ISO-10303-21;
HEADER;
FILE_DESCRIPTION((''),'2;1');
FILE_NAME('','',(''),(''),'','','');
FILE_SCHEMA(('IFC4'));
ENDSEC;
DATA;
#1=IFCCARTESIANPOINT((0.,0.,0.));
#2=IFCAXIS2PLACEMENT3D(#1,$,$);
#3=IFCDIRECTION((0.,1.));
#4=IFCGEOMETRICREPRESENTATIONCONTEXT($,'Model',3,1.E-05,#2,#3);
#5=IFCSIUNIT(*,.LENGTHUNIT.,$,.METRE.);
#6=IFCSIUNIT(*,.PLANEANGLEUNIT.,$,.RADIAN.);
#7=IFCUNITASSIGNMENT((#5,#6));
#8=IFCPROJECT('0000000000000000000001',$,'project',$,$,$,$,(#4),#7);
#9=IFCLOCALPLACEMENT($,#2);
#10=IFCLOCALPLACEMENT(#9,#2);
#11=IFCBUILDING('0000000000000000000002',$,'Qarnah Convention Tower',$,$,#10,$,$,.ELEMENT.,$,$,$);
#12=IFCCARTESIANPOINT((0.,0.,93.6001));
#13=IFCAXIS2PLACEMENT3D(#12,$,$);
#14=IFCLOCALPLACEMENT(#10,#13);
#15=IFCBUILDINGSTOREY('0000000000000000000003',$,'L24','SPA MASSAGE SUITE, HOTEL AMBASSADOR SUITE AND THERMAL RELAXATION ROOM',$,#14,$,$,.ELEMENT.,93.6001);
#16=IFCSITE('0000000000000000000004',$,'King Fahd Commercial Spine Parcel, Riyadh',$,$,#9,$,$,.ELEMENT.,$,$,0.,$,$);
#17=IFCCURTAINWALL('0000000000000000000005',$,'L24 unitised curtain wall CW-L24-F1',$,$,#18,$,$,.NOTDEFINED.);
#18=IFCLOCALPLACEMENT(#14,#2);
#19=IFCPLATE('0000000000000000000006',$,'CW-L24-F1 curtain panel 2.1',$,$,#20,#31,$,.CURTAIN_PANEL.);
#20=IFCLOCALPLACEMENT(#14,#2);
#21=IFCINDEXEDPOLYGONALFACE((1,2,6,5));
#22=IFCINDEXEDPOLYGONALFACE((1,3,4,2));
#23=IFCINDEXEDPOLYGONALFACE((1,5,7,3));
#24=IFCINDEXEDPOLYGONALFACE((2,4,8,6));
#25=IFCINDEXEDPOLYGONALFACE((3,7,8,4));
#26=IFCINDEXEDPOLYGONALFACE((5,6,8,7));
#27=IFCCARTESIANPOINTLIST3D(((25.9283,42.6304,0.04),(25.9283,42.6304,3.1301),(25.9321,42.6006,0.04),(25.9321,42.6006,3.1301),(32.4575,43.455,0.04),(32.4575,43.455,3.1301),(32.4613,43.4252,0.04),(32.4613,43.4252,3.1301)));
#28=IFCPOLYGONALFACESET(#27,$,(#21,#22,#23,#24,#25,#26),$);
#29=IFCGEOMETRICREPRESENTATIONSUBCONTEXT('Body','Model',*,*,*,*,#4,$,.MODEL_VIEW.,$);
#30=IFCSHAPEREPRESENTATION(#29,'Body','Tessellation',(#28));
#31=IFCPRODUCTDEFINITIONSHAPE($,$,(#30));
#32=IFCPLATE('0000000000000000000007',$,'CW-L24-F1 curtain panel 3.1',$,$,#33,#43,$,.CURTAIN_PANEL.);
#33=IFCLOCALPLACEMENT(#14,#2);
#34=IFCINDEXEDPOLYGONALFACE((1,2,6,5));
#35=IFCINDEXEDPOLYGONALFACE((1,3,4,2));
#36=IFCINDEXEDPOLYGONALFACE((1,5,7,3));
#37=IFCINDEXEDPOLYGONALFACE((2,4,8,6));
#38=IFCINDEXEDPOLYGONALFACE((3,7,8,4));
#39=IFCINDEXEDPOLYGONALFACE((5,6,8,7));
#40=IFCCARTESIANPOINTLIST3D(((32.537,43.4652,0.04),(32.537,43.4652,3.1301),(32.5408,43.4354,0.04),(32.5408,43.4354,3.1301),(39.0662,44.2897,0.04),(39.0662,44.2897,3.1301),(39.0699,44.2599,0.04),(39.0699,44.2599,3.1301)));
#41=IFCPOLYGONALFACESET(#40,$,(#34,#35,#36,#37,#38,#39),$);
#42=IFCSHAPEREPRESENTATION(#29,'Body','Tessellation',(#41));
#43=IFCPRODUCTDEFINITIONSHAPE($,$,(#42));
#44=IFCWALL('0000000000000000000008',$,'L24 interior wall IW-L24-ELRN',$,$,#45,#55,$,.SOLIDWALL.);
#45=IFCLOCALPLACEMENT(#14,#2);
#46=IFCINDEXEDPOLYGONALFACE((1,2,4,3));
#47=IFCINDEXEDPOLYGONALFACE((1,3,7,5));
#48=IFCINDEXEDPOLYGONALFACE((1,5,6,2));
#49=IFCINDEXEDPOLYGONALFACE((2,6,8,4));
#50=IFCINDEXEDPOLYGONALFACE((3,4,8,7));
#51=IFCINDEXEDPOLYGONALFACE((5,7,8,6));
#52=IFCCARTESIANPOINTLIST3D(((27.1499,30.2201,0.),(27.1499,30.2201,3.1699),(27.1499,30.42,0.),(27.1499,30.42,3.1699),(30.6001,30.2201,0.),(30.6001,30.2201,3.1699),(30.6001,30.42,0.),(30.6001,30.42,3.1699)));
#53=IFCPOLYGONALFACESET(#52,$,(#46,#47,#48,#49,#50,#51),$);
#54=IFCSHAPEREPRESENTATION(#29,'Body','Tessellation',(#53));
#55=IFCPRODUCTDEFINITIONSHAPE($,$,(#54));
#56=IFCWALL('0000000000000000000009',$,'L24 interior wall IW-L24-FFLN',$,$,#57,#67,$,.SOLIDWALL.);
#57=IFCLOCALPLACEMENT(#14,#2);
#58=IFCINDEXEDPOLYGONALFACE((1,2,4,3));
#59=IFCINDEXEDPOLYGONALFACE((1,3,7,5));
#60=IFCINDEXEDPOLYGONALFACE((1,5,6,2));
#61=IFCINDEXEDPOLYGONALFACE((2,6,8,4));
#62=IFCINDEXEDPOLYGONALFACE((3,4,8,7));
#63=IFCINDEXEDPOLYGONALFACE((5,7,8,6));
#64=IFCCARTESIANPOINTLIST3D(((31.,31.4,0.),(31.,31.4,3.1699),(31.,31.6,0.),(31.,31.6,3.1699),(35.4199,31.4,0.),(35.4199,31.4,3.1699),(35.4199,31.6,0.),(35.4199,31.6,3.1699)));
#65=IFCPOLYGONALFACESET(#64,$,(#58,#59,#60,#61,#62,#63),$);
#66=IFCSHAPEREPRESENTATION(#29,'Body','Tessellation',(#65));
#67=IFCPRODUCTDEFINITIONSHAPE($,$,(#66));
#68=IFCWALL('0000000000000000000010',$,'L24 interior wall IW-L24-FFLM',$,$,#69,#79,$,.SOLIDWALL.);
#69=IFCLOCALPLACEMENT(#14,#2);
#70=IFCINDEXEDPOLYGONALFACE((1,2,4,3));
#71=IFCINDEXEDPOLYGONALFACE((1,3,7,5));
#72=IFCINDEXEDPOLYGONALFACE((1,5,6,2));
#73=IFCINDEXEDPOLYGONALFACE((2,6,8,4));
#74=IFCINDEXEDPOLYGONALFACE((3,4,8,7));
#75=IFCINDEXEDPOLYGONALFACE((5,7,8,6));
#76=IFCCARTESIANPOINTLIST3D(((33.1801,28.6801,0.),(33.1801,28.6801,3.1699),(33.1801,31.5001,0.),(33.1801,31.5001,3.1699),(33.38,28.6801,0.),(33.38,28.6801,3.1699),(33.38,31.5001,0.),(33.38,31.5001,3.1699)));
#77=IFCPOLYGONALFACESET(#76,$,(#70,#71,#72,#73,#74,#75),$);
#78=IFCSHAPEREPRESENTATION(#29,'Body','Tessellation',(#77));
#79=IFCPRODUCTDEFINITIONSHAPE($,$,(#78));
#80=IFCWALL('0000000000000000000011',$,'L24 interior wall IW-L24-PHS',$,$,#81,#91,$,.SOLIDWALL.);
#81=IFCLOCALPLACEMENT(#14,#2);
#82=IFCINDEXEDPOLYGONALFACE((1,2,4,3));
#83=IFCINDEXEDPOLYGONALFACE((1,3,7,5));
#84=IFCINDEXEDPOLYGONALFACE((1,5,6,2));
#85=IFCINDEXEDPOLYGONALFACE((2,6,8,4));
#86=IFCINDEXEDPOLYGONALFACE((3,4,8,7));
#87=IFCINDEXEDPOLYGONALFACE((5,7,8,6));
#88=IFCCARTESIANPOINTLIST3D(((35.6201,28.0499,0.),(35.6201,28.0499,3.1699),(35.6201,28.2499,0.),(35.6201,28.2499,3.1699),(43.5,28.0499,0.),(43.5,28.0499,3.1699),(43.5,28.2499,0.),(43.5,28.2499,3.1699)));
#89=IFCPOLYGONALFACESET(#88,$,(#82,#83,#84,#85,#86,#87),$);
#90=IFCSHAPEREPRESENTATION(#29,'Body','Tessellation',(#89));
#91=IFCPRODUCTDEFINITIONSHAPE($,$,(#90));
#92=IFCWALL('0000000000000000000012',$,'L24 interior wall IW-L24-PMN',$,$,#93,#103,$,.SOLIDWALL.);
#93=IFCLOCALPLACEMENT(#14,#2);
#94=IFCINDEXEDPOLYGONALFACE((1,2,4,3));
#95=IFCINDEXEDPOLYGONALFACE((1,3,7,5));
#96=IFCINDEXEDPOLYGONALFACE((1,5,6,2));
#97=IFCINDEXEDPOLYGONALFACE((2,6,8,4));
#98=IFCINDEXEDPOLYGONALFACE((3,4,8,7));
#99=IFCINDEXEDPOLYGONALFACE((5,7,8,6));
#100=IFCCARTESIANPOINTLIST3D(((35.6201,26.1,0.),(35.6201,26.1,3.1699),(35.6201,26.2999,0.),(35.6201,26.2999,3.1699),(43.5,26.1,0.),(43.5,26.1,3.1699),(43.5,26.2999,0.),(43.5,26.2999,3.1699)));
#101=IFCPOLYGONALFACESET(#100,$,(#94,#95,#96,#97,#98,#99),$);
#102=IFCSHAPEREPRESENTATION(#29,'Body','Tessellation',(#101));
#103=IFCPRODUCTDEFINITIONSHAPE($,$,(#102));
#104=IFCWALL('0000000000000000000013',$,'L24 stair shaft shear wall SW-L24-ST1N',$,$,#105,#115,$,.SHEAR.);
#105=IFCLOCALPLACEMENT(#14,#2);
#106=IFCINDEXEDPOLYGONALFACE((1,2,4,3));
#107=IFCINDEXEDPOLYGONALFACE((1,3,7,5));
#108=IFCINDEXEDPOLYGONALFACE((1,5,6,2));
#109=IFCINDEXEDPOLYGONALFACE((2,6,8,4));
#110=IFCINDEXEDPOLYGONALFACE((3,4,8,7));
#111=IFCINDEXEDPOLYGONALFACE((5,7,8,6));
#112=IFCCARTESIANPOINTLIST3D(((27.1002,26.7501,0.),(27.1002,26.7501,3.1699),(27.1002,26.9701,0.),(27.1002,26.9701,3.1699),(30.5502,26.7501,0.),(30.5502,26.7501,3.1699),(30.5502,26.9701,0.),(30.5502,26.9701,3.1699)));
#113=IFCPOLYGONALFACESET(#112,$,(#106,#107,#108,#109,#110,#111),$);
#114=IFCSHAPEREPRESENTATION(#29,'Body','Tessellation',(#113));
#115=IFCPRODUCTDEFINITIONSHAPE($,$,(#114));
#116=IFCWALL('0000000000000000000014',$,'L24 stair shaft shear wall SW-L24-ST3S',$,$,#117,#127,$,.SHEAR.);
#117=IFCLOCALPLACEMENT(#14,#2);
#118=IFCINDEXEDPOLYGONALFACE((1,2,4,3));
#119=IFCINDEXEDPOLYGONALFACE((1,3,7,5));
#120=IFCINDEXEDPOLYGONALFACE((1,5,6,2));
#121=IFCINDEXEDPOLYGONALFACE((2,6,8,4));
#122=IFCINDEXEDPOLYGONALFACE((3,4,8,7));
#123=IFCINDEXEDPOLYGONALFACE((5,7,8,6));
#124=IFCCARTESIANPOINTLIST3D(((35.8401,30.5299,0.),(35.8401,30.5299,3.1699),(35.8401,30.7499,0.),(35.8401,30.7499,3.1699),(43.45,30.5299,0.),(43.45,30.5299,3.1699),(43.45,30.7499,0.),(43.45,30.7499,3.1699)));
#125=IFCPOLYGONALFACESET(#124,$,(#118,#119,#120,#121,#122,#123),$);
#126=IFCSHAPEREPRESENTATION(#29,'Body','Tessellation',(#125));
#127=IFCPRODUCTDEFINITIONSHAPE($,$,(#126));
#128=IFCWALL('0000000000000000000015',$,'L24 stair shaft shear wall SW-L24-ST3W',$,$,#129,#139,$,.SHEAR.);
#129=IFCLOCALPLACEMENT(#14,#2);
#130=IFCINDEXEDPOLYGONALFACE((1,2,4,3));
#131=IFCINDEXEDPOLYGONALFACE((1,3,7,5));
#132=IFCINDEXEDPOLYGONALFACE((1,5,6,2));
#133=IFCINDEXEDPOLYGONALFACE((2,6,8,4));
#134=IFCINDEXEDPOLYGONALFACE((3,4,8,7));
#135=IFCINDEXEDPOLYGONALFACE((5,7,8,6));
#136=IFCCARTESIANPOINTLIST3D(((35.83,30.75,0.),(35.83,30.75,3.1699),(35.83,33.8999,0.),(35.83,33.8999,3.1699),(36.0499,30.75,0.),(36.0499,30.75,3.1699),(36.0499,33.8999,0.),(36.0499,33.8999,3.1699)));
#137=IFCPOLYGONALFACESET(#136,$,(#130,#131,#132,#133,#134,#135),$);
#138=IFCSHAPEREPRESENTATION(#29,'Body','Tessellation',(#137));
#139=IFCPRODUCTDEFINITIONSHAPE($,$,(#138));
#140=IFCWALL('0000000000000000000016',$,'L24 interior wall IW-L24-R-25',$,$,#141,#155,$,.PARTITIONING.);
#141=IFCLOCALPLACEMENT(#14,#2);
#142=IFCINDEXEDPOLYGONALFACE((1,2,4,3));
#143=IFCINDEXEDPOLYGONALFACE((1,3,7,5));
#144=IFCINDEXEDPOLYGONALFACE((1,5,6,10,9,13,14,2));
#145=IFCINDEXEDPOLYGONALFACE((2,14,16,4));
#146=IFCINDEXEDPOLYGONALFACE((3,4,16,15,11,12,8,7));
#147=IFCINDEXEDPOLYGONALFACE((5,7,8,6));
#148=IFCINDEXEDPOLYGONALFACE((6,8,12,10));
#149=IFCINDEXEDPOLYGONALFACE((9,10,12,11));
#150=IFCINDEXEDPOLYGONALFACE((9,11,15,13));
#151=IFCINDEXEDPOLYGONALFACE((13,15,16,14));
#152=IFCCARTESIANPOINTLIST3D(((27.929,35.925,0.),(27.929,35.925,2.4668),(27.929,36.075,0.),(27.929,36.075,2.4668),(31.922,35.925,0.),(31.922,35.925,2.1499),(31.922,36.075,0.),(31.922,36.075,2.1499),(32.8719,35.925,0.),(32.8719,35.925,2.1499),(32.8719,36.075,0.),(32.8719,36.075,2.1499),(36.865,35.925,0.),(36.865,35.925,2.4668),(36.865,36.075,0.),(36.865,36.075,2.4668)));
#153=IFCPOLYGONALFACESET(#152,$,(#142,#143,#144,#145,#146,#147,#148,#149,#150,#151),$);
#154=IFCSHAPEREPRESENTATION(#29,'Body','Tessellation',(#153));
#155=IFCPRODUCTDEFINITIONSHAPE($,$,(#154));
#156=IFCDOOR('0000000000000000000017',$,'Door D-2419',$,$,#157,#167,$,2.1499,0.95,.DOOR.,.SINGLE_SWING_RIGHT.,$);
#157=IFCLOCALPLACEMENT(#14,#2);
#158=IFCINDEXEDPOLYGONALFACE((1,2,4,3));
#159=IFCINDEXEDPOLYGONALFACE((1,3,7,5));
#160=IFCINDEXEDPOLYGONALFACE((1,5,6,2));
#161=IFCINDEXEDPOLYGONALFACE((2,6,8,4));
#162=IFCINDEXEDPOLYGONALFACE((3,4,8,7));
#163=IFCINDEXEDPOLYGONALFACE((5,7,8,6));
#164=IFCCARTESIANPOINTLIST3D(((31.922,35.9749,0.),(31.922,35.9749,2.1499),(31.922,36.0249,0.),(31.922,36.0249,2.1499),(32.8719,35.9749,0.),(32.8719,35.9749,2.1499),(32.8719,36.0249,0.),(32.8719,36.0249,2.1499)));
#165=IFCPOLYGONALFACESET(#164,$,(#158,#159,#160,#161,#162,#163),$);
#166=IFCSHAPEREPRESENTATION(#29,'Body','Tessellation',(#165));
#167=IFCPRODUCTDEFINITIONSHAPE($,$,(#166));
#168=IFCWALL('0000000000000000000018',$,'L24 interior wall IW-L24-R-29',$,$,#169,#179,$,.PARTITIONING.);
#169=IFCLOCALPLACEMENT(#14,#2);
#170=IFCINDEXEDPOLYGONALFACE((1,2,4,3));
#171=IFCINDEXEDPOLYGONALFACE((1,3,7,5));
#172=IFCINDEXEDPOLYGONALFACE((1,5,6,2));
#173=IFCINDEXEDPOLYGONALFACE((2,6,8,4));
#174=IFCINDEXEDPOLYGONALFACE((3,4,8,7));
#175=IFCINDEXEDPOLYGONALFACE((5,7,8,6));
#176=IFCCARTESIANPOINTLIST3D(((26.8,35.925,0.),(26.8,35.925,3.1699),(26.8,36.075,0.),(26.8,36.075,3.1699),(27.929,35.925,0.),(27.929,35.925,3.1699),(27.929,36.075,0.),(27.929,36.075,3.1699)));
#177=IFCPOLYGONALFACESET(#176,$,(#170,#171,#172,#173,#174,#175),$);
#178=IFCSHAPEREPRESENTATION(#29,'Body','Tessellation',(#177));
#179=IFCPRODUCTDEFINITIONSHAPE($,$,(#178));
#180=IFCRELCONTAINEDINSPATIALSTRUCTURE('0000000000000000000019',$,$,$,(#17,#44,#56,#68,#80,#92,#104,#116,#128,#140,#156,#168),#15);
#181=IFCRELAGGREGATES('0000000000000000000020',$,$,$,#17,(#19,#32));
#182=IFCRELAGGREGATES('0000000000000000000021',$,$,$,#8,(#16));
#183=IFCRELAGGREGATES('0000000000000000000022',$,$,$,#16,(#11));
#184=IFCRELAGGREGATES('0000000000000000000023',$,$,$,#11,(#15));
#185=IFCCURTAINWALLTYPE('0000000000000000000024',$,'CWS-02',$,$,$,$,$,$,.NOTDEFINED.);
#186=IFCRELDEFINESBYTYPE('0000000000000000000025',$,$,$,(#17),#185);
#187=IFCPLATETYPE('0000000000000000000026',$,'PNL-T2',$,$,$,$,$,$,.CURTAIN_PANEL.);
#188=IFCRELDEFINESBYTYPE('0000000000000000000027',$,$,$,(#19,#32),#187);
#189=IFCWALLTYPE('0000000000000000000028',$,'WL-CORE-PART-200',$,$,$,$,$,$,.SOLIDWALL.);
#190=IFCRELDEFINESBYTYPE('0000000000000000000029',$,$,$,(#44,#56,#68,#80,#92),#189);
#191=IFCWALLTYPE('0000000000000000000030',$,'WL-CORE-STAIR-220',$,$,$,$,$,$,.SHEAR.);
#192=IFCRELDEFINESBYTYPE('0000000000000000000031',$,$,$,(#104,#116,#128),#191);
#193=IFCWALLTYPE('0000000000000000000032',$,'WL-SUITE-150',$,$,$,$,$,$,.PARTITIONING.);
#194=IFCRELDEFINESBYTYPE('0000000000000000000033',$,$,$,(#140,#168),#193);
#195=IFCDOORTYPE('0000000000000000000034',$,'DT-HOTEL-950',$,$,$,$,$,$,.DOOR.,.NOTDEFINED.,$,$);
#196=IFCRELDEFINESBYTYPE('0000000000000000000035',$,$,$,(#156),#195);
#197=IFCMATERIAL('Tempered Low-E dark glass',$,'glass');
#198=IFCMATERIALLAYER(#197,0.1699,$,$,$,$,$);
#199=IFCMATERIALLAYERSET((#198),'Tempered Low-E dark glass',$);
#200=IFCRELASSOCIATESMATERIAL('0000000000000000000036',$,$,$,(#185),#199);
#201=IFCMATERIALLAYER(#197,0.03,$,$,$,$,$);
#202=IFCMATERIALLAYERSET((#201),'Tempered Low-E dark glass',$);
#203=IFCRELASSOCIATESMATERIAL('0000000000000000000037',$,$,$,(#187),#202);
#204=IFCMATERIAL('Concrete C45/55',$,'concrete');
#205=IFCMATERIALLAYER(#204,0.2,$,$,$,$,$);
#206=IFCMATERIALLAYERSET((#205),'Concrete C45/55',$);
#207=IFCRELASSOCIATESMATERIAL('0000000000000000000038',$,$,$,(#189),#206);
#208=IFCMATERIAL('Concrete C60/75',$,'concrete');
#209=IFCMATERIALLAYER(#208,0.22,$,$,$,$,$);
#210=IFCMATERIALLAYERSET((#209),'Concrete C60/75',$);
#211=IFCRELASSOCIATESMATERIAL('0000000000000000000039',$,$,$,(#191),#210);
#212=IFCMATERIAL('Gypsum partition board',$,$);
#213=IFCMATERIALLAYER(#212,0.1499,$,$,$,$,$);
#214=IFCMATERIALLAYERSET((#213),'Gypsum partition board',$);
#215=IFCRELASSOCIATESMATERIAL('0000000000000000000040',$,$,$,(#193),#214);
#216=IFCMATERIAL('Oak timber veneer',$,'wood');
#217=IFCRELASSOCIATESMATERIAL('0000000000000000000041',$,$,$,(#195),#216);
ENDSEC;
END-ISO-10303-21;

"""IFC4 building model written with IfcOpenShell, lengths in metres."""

from ifc_helpers import new_model, si_unit, direction, frame, frame_2d, origin, origin_2d, place, context, subcontext, project, spatial, rectangle, extrude, material, layer, layer_set, type_object, element, fill, aggregate, save


model = new_model("IFC4")

# Units and contexts
model_context = context("Model", 3, precision=1e-05, world=origin(), true_north=direction((0.0, 1.0)))
body_context = subcontext(model_context, "Body", "Model", "MODEL_VIEW")
ifc_project = project(units=[si_unit("LENGTHUNIT", "METRE"), si_unit("PLANEANGLEUNIT", "RADIAN")], contexts=[model_context])

# Site, building, storey
site_placement = place(None, origin())
site = spatial("IfcSite", under=ifc_project, at=site_placement, Name="King Fahd Commercial Spine Parcel, Riyadh", CompositionType="ELEMENT", RefElevation=0.0)
building_placement = place(site_placement, origin())
building = spatial("IfcBuilding", under=site, at=building_placement, Name="Qarnah Convention Tower", CompositionType="ELEMENT")
storey_placement = place(building_placement, frame((0.0, 0.0, 93.6001)))
storey = spatial("IfcBuildingStorey", under=building, at=storey_placement, Name="L24", Description="SPA MASSAGE SUITE, HOTEL AMBASSADOR SUITE AND THERMAL RELAXATION ROOM", CompositionType="ELEMENT", Elevation=93.6001)

# Shared definitions
ifc_material_1 = material(Name="Concrete C60/75", Category="concrete")

# Curtain wall, plates
ifc_material_2 = material(Name="Tempered Low-E dark glass", Category="glass")
ifc_layer_1 = layer(ifc_material_2, 0.1699)
ifc_layer_set_1 = layer_set([ifc_layer_1], Name="Tempered Low-E dark glass")
curtain_wall_type = type_object("IfcCurtainWallType", Name="CWS-02", PredefinedType="NOTDEFINED", material=ifc_layer_set_1)
curtain_wall_placement = place(storey_placement, origin())
curtain_wall = element("IfcCurtainWall", 1, at=curtain_wall_placement, inside=storey, type_object=curtain_wall_type, Name="L24 unitised curtain wall CW-L24-F1", PredefinedType="NOTDEFINED")
ifc_layer_2 = layer(ifc_material_2, 0.03)
ifc_layer_set_2 = layer_set([ifc_layer_2], Name="Tempered Low-E dark glass")
plate_type = type_object("IfcPlateType", Name="PNL-T2", PredefinedType="CURTAIN_PANEL", material=ifc_layer_set_2)
plate_1_placement = place(storey_placement, frame((29.1948, 43.0278, 0.04), z_axis=(0.0, 0.0, 1.0), x_axis=(0.99212, 0.125295, 0.0)))
plate_1 = element("IfcPlate", 2, at=plate_1_placement, type_object=plate_type, Name="CW-L24-F1 curtain panel 2.1", PredefinedType="CURTAIN_PANEL", context=body_context, shape_type="SweptSolid", body=[
    extrude(rectangle(XDim=6.5811, YDim=0.03, at=origin_2d()), origin(), (0.0, 0.0, 1.0), 3.0901),
])
plate_2_placement = place(storey_placement, frame((35.8035, 43.8625, 0.04), z_axis=(0.0, 0.0, 1.0), x_axis=(0.99212, 0.125295, 0.0)))
plate_2 = element("IfcPlate", 3, at=plate_2_placement, type_object=plate_type, Name="CW-L24-F1 curtain panel 3.1", PredefinedType="CURTAIN_PANEL", context=body_context, shape_type="SweptSolid", body=[
    extrude(rectangle(XDim=6.5811, YDim=0.03, at=origin_2d()), origin(), (0.0, 0.0, 1.0), 3.0901),
])
aggregate(curtain_wall, [plate_1, plate_2])

# Wall
ifc_material_3 = material(Name="Concrete C45/55", Category="concrete")
ifc_layer_3 = layer(ifc_material_3, 0.2)
ifc_layer_set_3 = layer_set([ifc_layer_3], Name="Concrete C45/55")
wall_type_1 = type_object("IfcWallType", Name="WL-CORE-PART-200", PredefinedType="SOLIDWALL", material=ifc_layer_set_3)
wall_1_placement = place(storey_placement, frame((27.1499, 30.3201, 0.0), z_axis=(0.0, 0.0, 1.0), x_axis=(1.0, 0.0, 0.0)))
element("IfcWall", 4, at=wall_1_placement, inside=storey, type_object=wall_type_1, Name="L24 interior wall IW-L24-ELRN", PredefinedType="SOLIDWALL", context=body_context, shape_type="SweptSolid", body=[
    extrude(rectangle(XDim=3.4502, YDim=0.2, at=frame_2d((1.7251, 0.0))), origin(), (0.0, 0.0, 1.0), 3.1699),
])

# Walls
wall_2_placement = place(storey_placement, frame((31.0, 31.5, 0.0), z_axis=(0.0, 0.0, 1.0), x_axis=(1.0, 0.0, 0.0)))
element("IfcWall", 5, at=wall_2_placement, inside=storey, type_object=wall_type_1, Name="L24 interior wall IW-L24-FFLN", PredefinedType="SOLIDWALL", context=body_context, shape_type="SweptSolid", body=[
    extrude(rectangle(XDim=4.4199, YDim=0.2, at=frame_2d((2.21, 0.0))), origin(), (0.0, 0.0, 1.0), 3.1699),
])
wall_3_placement = place(storey_placement, frame((33.28, 28.6799, 0.0), z_axis=(0.0, 0.0, 1.0), x_axis=(0.0, 1.0, 0.0)))
element("IfcWall", 6, at=wall_3_placement, inside=storey, type_object=wall_type_1, Name="L24 interior wall IW-L24-FFLM", PredefinedType="SOLIDWALL", context=body_context, shape_type="SweptSolid", body=[
    extrude(rectangle(XDim=2.8201, YDim=0.2, at=frame_2d((1.4102, 0.0))), origin(), (0.0, 0.0, 1.0), 3.1699),
])
for number, where, z_axis, x_axis, name in (
    (7, (35.6201, 28.1499, 0.0), (0.0, 0.0, 1.0), (1.0, 0.0, 0.0), "L24 interior wall IW-L24-PHS"),
    (8, (35.6201, 26.2, 0.0), (0.0, 0.0, 1.0), (1.0, 0.0, 0.0), "L24 interior wall IW-L24-PMN"),
):
    element("IfcWall", number, at=place(storey_placement, frame(where, z_axis=z_axis, x_axis=x_axis)), inside=storey, type_object=wall_type_1, Name=name, PredefinedType="SOLIDWALL", context=body_context, shape_type="SweptSolid", body=[
        extrude(rectangle(XDim=7.8799, YDim=0.2, at=frame_2d((3.9399, 0.0))), origin(), (0.0, 0.0, 1.0), 3.1699),
    ])
ifc_layer_4 = layer(ifc_material_1, 0.22)
ifc_layer_set_4 = layer_set([ifc_layer_4], Name="Concrete C60/75")
wall_type_2 = type_object("IfcWallType", Name="WL-CORE-STAIR-220", PredefinedType="SHEAR", material=ifc_layer_set_4)
wall_4_placement = place(storey_placement, frame((27.1001, 26.8601, 0.0), z_axis=(0.0, 0.0, 1.0), x_axis=(1.0, 0.0, 0.0)))
element("IfcWall", 9, at=wall_4_placement, inside=storey, type_object=wall_type_2, Name="L24 stair shaft shear wall SW-L24-ST1N", PredefinedType="SHEAR", context=body_context, shape_type="SweptSolid", body=[
    extrude(rectangle(XDim=3.45, YDim=0.22, at=frame_2d((1.7251, 0.0))), origin(), (0.0, 0.0, 1.0), 3.1699),
])
wall_5_placement = place(storey_placement, frame((35.8401, 30.6399, 0.0), z_axis=(0.0, 0.0, 1.0), x_axis=(1.0, 0.0, 0.0)))
element("IfcWall", 10, at=wall_5_placement, inside=storey, type_object=wall_type_2, Name="L24 stair shaft shear wall SW-L24-ST3S", PredefinedType="SHEAR", context=body_context, shape_type="SweptSolid", body=[
    extrude(rectangle(XDim=7.6099, YDim=0.22, at=frame_2d((3.8049, 0.0))), origin(), (0.0, 0.0, 1.0), 3.1699),
])
wall_6_placement = place(storey_placement, frame((35.9399, 30.75, 0.0), z_axis=(0.0, 0.0, 1.0), x_axis=(0.0, 1.0, 0.0)))
element("IfcWall", 11, at=wall_6_placement, inside=storey, type_object=wall_type_2, Name="L24 stair shaft shear wall SW-L24-ST3W", PredefinedType="SHEAR", context=body_context, shape_type="SweptSolid", body=[
    extrude(rectangle(XDim=3.1499, YDim=0.22, at=frame_2d((1.575, 0.0))), origin(), (0.0, 0.0, 1.0), 3.1699),
])

# Wall, opening, door
ifc_material_4 = material(Name="Gypsum partition board")
ifc_layer_5 = layer(ifc_material_4, 0.1499)
ifc_layer_set_5 = layer_set([ifc_layer_5], Name="Gypsum partition board")
wall_type_3 = type_object("IfcWallType", Name="WL-SUITE-150", PredefinedType="PARTITIONING", material=ifc_layer_set_5)
wall_7_placement = place(storey_placement, frame((27.929, 36.0, 0.0), z_axis=(0.0, 0.0, 1.0), x_axis=(1.0, 0.0, 0.0)))
wall_7 = element("IfcWall", 12, at=wall_7_placement, inside=storey, type_object=wall_type_3, Name="L24 interior wall IW-L24-R-25", PredefinedType="PARTITIONING", context=body_context, shape_type="SweptSolid", body=[
    extrude(rectangle(XDim=8.936, YDim=0.1499, at=frame_2d((4.468, 0.0))), origin(), (0.0, 0.0, 1.0), 2.4668),
])
opening_1_placement = place(wall_7_placement, frame((3.9929, 0.0, 0.0)))
opening_1 = element("IfcOpeningElement", 13, at=opening_1_placement, cuts=wall_7, PredefinedType="OPENING", context=body_context, shape_type="SweptSolid", body=[
    extrude(rectangle(XDim=0.95, YDim=2.1499, at=frame_2d((0.4751, 1.075))), frame((0.0, 0.085, 0.0), z_axis=(0.0, -1.0, 0.0), x_axis=(1.0, 0.0, 0.0)), (0.0, 0.0, 1.0), 0.1699),
])
ifc_material_5 = material(Name="Oak timber veneer", Category="wood")
door_type_1 = type_object("IfcDoorType", Name="DT-HOTEL-950", OperationType="NOTDEFINED", PredefinedType="DOOR", material=ifc_material_5)
door_1_placement = place(opening_1_placement, origin())
door_1 = element("IfcDoor", 14, at=door_1_placement, inside=storey, type_object=door_type_1, Name="Door D-2419", OperationType="SINGLE_SWING_RIGHT", OverallHeight=2.1499, OverallWidth=0.95, PredefinedType="DOOR", context=body_context, shape_type="SweptSolid", body=[
    extrude(rectangle(XDim=0.95, YDim=2.1499, at=frame_2d((0.4751, 1.075))), frame((0.0, 0.0249, 0.0), z_axis=(0.0, -1.0, 0.0), x_axis=(1.0, 0.0, 0.0)), (0.0, 0.0, 1.0), 0.05),
])
fill(opening_1, door_1)

# Wall
wall_8_placement = place(storey_placement, frame((26.8, 36.0, 0.0), z_axis=(0.0, 0.0, 1.0), x_axis=(1.0, 0.0, 0.0)))
element("IfcWall", 15, at=wall_8_placement, inside=storey, type_object=wall_type_3, Name="L24 interior wall IW-L24-R-29", PredefinedType="PARTITIONING", context=body_context, shape_type="SweptSolid", body=[
    extrude(rectangle(XDim=1.1289, YDim=0.1499, at=frame_2d((0.5645, 0.0))), origin(), (0.0, 0.0, 1.0), 3.1699),
])

save(model, "model.ifc")
